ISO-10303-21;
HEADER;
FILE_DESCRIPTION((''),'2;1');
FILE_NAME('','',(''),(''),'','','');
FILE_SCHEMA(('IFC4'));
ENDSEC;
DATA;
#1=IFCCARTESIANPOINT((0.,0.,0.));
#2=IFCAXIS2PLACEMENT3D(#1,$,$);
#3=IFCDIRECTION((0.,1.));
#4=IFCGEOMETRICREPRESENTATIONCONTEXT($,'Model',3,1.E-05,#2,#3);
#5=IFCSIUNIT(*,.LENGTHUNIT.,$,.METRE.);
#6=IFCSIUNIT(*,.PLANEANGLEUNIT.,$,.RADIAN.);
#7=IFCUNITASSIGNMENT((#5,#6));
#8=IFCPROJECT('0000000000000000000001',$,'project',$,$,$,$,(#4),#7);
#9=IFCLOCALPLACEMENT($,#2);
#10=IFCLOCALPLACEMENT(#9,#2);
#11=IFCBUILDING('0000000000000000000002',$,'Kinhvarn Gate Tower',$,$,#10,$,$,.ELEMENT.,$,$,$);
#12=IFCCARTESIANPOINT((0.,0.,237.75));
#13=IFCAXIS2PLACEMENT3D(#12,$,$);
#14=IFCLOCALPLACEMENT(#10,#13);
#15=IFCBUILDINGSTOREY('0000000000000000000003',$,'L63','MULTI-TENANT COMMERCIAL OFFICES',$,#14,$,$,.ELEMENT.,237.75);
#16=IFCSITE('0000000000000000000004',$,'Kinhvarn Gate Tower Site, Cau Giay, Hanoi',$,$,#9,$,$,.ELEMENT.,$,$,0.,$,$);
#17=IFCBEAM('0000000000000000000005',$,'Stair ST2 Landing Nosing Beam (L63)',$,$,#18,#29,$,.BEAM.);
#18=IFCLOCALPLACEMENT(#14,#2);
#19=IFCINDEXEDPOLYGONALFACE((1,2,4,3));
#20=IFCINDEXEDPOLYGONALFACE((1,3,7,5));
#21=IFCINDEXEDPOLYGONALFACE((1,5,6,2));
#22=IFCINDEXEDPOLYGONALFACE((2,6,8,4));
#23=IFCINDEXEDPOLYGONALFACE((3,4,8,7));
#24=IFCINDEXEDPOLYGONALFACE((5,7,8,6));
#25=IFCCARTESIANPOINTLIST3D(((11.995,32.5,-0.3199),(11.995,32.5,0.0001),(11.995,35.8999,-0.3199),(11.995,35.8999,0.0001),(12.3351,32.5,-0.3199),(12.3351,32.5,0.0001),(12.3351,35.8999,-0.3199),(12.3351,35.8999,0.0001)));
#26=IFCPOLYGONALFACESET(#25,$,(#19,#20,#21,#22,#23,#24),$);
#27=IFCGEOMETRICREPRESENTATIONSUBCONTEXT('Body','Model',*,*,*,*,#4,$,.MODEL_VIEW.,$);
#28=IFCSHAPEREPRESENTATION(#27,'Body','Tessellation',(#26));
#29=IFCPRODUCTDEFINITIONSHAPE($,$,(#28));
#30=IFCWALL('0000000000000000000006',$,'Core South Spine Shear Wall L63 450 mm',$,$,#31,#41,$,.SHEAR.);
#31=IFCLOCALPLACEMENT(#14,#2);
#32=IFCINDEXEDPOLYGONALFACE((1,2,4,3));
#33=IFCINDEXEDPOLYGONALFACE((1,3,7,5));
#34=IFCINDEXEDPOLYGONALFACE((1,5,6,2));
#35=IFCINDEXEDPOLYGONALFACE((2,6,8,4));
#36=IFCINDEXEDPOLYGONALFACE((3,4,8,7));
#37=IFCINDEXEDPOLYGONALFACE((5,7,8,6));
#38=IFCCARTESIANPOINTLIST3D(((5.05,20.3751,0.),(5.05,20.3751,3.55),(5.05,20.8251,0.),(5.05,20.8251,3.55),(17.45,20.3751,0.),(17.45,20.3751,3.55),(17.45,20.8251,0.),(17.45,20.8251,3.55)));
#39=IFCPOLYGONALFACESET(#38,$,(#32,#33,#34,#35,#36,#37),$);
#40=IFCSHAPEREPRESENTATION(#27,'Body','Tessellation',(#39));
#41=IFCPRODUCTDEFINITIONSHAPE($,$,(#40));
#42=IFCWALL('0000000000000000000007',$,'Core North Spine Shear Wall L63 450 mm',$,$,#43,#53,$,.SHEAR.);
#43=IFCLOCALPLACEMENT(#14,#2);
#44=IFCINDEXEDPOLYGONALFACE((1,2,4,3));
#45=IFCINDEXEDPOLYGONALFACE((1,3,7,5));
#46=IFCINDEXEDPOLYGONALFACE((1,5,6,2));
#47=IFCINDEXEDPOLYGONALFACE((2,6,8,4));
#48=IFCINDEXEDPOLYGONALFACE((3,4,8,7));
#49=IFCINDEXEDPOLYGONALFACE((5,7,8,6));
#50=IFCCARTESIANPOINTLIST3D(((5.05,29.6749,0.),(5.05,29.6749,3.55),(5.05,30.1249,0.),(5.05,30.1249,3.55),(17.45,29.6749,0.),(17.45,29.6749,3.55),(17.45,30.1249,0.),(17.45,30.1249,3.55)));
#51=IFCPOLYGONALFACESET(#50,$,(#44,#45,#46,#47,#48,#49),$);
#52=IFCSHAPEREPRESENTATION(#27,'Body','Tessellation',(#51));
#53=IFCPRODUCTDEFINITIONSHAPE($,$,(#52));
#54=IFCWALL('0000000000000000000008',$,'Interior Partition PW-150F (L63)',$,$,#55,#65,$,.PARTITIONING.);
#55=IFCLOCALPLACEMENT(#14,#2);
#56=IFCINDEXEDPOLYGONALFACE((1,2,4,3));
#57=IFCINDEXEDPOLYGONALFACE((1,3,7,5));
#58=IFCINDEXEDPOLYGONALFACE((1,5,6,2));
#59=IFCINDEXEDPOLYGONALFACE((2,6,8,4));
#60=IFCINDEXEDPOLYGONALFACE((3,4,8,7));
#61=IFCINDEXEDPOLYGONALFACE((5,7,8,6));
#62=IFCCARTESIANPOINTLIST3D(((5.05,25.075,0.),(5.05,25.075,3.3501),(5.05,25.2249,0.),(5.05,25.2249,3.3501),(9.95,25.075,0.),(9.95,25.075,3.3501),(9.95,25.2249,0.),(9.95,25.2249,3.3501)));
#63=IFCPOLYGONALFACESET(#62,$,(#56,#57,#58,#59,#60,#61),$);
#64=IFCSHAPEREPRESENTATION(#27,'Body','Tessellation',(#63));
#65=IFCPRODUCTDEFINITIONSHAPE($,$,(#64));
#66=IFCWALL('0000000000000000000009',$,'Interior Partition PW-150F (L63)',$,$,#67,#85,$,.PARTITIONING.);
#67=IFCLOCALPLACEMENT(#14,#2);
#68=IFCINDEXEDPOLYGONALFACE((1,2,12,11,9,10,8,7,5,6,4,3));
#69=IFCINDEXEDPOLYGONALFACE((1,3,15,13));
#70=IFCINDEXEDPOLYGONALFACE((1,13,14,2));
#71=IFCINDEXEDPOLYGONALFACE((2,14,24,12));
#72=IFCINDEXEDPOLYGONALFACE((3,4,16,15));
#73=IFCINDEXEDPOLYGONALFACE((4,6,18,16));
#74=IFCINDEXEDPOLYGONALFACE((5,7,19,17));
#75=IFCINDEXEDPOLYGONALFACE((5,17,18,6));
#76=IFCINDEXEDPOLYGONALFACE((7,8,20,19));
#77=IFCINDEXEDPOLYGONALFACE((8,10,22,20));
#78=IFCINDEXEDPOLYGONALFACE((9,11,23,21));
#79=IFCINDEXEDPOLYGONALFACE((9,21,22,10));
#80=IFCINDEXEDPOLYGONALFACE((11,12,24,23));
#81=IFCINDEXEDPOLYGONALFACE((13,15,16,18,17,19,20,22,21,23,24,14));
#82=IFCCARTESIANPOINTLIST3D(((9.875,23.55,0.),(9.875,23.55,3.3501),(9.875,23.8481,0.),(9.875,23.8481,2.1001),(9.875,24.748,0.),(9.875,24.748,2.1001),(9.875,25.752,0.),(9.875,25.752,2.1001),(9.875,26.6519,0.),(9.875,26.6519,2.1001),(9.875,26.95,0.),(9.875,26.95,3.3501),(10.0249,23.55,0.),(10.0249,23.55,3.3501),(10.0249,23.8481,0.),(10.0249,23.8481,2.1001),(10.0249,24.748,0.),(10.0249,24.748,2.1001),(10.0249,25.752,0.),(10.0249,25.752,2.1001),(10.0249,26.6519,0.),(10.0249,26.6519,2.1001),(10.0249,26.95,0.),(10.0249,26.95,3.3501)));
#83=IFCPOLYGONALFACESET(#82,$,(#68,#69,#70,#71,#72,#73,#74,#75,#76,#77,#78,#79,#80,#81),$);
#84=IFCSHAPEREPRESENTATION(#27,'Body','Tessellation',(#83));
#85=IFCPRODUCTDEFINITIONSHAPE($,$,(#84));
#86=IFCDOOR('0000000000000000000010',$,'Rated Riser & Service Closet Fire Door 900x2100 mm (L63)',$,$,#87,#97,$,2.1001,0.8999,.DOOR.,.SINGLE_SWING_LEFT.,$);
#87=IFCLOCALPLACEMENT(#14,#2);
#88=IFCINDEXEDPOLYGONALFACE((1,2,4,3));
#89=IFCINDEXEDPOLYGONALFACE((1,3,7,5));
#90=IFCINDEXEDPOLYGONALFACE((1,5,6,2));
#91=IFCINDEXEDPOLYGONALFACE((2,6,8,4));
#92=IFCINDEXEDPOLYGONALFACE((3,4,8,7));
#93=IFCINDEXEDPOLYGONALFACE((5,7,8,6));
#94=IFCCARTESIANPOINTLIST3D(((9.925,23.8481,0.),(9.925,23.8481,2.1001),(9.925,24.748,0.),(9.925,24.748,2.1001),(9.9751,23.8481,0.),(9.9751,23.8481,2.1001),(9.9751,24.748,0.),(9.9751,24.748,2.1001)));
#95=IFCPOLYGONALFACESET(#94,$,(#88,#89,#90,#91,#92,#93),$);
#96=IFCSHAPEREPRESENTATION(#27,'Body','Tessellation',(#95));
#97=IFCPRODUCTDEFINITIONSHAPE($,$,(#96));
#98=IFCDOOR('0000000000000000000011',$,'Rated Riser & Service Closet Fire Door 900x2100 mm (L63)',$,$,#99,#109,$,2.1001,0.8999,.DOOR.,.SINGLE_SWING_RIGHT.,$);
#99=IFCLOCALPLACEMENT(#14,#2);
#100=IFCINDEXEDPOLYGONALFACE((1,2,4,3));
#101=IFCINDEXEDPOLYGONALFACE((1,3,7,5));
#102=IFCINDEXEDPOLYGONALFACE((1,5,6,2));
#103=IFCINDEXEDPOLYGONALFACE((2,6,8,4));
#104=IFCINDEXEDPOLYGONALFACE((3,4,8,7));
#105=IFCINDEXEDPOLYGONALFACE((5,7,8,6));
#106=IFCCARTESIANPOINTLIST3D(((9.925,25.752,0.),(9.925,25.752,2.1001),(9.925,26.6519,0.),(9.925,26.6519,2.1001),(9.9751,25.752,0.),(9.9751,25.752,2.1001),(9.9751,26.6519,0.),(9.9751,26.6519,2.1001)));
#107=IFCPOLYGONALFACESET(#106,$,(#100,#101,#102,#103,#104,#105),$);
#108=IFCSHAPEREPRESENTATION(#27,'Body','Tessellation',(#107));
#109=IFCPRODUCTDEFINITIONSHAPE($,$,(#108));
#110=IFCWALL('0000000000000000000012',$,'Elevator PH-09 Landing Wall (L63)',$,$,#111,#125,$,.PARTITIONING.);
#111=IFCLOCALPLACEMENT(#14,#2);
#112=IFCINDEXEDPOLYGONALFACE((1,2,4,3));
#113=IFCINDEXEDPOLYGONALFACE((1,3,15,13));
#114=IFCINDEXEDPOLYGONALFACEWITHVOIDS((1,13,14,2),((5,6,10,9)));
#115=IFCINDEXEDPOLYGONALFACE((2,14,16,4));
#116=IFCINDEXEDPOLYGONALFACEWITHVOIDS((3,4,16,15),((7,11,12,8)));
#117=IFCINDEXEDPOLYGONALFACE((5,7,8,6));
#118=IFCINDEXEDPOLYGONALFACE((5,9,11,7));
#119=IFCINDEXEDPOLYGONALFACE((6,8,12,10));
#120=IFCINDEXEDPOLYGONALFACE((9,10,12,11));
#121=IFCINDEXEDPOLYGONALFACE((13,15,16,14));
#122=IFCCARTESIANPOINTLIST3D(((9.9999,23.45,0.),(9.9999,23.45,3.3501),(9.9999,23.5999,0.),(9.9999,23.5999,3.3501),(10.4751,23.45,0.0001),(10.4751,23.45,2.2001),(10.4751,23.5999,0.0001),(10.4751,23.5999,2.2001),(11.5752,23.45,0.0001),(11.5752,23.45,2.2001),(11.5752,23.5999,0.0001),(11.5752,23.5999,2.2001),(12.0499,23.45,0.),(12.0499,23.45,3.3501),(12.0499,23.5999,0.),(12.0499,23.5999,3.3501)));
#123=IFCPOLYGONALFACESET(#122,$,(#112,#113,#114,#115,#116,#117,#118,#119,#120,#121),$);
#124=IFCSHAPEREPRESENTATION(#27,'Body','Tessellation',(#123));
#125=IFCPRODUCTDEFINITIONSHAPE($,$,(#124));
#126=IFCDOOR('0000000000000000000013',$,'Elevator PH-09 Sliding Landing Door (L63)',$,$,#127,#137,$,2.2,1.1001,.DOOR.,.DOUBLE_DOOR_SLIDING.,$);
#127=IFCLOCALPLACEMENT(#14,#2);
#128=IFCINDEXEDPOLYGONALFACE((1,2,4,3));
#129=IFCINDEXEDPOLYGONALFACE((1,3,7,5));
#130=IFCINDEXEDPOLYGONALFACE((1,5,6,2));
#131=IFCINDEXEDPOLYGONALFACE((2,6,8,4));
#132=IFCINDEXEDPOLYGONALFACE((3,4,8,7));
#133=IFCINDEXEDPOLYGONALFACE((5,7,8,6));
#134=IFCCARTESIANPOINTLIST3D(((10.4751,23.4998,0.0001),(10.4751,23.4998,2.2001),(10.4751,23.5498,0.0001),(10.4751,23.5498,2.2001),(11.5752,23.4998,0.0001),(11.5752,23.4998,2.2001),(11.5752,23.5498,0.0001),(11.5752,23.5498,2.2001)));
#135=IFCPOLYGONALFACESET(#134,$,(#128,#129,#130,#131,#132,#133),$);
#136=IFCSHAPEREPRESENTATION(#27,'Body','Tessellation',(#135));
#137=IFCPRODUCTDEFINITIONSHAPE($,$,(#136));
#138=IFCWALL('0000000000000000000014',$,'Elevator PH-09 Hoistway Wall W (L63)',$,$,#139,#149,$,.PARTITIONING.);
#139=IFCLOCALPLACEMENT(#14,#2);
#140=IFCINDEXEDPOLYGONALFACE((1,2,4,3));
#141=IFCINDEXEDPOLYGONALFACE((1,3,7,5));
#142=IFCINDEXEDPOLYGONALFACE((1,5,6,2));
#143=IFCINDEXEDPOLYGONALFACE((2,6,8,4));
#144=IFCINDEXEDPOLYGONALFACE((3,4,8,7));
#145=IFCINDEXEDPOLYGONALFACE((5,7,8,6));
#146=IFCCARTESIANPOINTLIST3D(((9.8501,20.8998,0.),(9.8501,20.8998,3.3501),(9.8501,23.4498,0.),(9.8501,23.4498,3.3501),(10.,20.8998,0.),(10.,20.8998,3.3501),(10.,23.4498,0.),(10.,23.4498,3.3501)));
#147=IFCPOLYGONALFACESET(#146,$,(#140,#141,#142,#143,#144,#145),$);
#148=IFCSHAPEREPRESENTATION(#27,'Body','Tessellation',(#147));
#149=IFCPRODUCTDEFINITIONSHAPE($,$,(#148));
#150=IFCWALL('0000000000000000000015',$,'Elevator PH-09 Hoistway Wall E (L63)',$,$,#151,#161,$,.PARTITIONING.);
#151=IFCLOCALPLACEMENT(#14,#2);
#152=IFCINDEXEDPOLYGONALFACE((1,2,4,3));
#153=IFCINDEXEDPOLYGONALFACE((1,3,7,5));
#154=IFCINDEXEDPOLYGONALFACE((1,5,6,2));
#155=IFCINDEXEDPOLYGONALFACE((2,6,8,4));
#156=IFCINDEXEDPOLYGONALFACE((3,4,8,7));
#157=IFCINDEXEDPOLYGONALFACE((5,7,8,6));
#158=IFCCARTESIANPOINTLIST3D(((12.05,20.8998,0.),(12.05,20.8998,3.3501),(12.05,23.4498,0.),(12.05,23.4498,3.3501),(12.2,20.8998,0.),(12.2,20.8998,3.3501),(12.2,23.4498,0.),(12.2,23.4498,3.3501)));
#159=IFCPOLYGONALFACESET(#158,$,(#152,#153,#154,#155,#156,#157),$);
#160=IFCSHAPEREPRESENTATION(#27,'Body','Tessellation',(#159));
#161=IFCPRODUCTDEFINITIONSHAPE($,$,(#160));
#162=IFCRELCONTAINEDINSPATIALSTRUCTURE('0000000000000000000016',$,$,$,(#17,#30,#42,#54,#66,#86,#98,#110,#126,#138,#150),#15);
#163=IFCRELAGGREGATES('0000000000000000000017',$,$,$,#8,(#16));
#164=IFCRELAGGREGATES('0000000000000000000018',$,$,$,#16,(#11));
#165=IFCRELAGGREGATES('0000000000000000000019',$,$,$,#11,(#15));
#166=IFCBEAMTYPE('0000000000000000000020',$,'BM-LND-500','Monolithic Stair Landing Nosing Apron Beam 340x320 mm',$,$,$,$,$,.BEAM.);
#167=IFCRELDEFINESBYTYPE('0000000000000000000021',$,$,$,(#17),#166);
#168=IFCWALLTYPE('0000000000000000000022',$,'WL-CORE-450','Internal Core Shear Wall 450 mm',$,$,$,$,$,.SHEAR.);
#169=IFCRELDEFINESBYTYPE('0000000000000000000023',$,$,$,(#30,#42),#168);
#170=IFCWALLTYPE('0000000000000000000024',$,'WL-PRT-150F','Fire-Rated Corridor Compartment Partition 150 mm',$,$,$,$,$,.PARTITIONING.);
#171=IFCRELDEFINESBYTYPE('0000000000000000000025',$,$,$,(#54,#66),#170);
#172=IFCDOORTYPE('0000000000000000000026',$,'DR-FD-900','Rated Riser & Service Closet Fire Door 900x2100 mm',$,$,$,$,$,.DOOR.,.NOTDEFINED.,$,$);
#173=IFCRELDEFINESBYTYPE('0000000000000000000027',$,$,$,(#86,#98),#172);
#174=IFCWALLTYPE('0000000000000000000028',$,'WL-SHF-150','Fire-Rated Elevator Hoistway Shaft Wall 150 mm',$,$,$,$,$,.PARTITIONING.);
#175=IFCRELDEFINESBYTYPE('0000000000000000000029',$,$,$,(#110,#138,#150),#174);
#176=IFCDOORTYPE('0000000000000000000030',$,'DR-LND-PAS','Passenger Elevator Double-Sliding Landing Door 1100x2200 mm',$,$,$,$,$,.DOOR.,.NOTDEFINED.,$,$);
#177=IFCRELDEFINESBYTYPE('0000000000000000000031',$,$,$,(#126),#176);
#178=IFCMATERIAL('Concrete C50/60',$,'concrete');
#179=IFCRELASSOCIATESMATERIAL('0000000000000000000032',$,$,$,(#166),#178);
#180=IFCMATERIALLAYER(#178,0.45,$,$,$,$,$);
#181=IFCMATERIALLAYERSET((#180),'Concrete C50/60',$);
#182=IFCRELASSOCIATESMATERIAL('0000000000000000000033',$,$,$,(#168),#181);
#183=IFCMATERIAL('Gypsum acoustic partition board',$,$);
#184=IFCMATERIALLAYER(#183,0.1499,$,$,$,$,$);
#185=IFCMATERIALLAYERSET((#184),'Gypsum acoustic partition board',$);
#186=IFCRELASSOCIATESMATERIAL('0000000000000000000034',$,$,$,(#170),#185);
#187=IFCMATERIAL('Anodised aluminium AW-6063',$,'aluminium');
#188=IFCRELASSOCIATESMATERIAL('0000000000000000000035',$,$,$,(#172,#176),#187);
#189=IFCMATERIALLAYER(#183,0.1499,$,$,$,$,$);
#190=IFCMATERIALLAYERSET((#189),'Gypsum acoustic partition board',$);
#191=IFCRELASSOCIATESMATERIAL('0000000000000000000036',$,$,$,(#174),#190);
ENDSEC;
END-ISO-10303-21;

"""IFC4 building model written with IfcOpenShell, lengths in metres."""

from ifc_helpers import new_model, si_unit, direction, frame, frame_2d, origin, origin_2d, place, context, subcontext, project, spatial, rectangle, extrude, material, layer, layer_set, material_profile, profile_set, type_object, element, fill, save


model = new_model("IFC4")

# Units and contexts
model_context = context("Model", 3, precision=1e-05, world=origin(), true_north=direction((0.0, 1.0)))
body_context = subcontext(model_context, "Body", "Model", "MODEL_VIEW")
ifc_project = project(units=[si_unit("LENGTHUNIT", "METRE"), si_unit("PLANEANGLEUNIT", "RADIAN")], contexts=[model_context])

# Site, building, storey
site_placement = place(None, origin())
site = spatial("IfcSite", under=ifc_project, at=site_placement, Name="Kinhvarn Gate Tower Site, Cau Giay, Hanoi", CompositionType="ELEMENT", RefElevation=0.0)
building_placement = place(site_placement, origin())
building = spatial("IfcBuilding", under=site, at=building_placement, Name="Kinhvarn Gate Tower", CompositionType="ELEMENT")
storey_placement = place(building_placement, frame((0.0, 0.0, 237.75)))
storey = spatial("IfcBuildingStorey", under=building, at=storey_placement, Name="L63", Description="MULTI-TENANT COMMERCIAL OFFICES", CompositionType="ELEMENT", Elevation=237.75)

# Beam
ifc_material_1 = material(Name="Concrete C50/60", Category="concrete")
ifc_material_profile = material_profile(ifc_material_1, rectangle(XDim=0.3401, YDim=0.3201, at=origin_2d()), Name="RC 340x320")
ifc_profile_set = profile_set([ifc_material_profile], Name="Concrete C50/60")
beam_type = type_object("IfcBeamType", Name="BM-LND-500", Description="Monolithic Stair Landing Nosing Apron Beam 340x320 mm", PredefinedType="BEAM", material=ifc_profile_set)
beam_placement = place(storey_placement, frame((12.165, 32.5, -0.1599), z_axis=(0.0, 1.0, 0.0), x_axis=(-1.0, 0.0, 0.0)))
element("IfcBeam", 1, at=beam_placement, inside=storey, type_object=beam_type, Name="Stair ST2 Landing Nosing Beam (L63)", PredefinedType="BEAM", context=body_context, shape_type="SweptSolid", body=[
    extrude(rectangle(XDim=0.3401, YDim=0.3201, at=origin_2d()), origin(), (0.0, 0.0, 1.0), 3.3999),
])

# Walls
ifc_layer_1 = layer(ifc_material_1, 0.45)
ifc_layer_set_1 = layer_set([ifc_layer_1], Name="Concrete C50/60")
wall_type_1 = type_object("IfcWallType", Name="WL-CORE-450", Description="Internal Core Shear Wall 450 mm", PredefinedType="SHEAR", material=ifc_layer_set_1)
for number, where, z_axis, x_axis, name in (
    (2, (5.05, 20.6001, 0.0), (0.0, 0.0, 1.0), (1.0, 0.0, 0.0), "Core South Spine Shear Wall L63 450 mm"),
    (3, (5.05, 29.8999, 0.0), (0.0, 0.0, 1.0), (1.0, 0.0, 0.0), "Core North Spine Shear Wall L63 450 mm"),
):
    element("IfcWall", number, at=place(storey_placement, frame(where, z_axis=z_axis, x_axis=x_axis)), inside=storey, type_object=wall_type_1, Name=name, PredefinedType="SHEAR", context=body_context, shape_type="SweptSolid", body=[
        extrude(rectangle(XDim=12.3999, YDim=0.45, at=frame_2d((6.2, 0.0))), origin(), (0.0, 0.0, 1.0), 3.55),
    ])
ifc_material_2 = material(Name="Gypsum acoustic partition board")
ifc_layer_2 = layer(ifc_material_2, 0.1499)
ifc_layer_set_2 = layer_set([ifc_layer_2], Name="Gypsum acoustic partition board")
wall_type_2 = type_object("IfcWallType", Name="WL-PRT-150F", Description="Fire-Rated Corridor Compartment Partition 150 mm", PredefinedType="PARTITIONING", material=ifc_layer_set_2)
wall_1_placement = place(storey_placement, frame((5.05, 25.1499, 0.0), z_axis=(0.0, 0.0, 1.0), x_axis=(1.0, 0.0, 0.0)))
element("IfcWall", 4, at=wall_1_placement, inside=storey, type_object=wall_type_2, Name="Interior Partition PW-150F (L63)", PredefinedType="PARTITIONING", context=body_context, shape_type="SweptSolid", body=[
    extrude(rectangle(XDim=4.8999, YDim=0.1499, at=frame_2d((2.45, 0.0))), origin(), (0.0, 0.0, 1.0), 3.3501),
])

# Wall, openings, doors
wall_2_placement = place(storey_placement, frame((9.95, 23.55, 0.0), z_axis=(0.0, 0.0, 1.0), x_axis=(0.0, 1.0, 0.0)))
wall_2 = element("IfcWall", 5, at=wall_2_placement, inside=storey, type_object=wall_type_2, Name="Interior Partition PW-150F (L63)", PredefinedType="PARTITIONING", context=body_context, shape_type="SweptSolid", body=[
    extrude(rectangle(XDim=3.3999, YDim=0.1499, at=frame_2d((1.7, 0.0))), origin(), (0.0, 0.0, 1.0), 3.3501),
])
opening_1_placement = place(wall_2_placement, frame((0.2981, 0.0, 0.0)))
opening_1 = element("IfcOpeningElement", 6, at=opening_1_placement, cuts=wall_2, PredefinedType="OPENING", context=body_context, shape_type="SweptSolid", body=[
    extrude(rectangle(XDim=0.8999, YDim=2.1001, at=frame_2d((0.45, 1.05))), frame((0.0, 0.085, 0.0), z_axis=(0.0, -1.0, 0.0), x_axis=(1.0, 0.0, 0.0)), (0.0, 0.0, 1.0), 0.1699),
])
opening_2_placement = place(wall_2_placement, frame((2.2019, 0.0, 0.0)))
opening_2 = element("IfcOpeningElement", 7, at=opening_2_placement, cuts=wall_2, PredefinedType="OPENING", context=body_context, shape_type="SweptSolid", body=[
    extrude(rectangle(XDim=0.8999, YDim=2.1001, at=frame_2d((0.45, 1.05))), frame((0.0, 0.085, 0.0), z_axis=(0.0, -1.0, 0.0), x_axis=(1.0, 0.0, 0.0)), (0.0, 0.0, 1.0), 0.1699),
])
ifc_material_3 = material(Name="Anodised aluminium AW-6063", Category="aluminium")
door_type_1 = type_object("IfcDoorType", Name="DR-FD-900", Description="Rated Riser & Service Closet Fire Door 900x2100 mm", OperationType="NOTDEFINED", PredefinedType="DOOR", material=ifc_material_3)
door_1_placement = place(opening_1_placement, origin())
door_1 = element("IfcDoor", 8, at=door_1_placement, inside=storey, type_object=door_type_1, Name="Rated Riser & Service Closet Fire Door 900x2100 mm (L63)", OperationType="SINGLE_SWING_LEFT", OverallHeight=2.1001, OverallWidth=0.8999, PredefinedType="DOOR", context=body_context, shape_type="SweptSolid", body=[
    extrude(rectangle(XDim=0.8999, YDim=2.1001, at=frame_2d((0.45, 1.05))), frame((0.0, 0.0249, 0.0), z_axis=(0.0, -1.0, 0.0), x_axis=(1.0, 0.0, 0.0)), (0.0, 0.0, 1.0), 0.05),
])
fill(opening_1, door_1)
door_2_placement = place(opening_2_placement, origin())
door_2 = element("IfcDoor", 9, at=door_2_placement, inside=storey, type_object=door_type_1, Name="Rated Riser & Service Closet Fire Door 900x2100 mm (L63)", OperationType="SINGLE_SWING_RIGHT", OverallHeight=2.1001, OverallWidth=0.8999, PredefinedType="DOOR", context=body_context, shape_type="SweptSolid", body=[
    extrude(rectangle(XDim=0.8999, YDim=2.1001, at=frame_2d((0.45, 1.05))), frame((0.0, 0.0249, 0.0), z_axis=(0.0, -1.0, 0.0), x_axis=(1.0, 0.0, 0.0)), (0.0, 0.0, 1.0), 0.05),
])
fill(opening_2, door_2)

# Wall, opening, door
ifc_layer_3 = layer(ifc_material_2, 0.1499)
ifc_layer_set_3 = layer_set([ifc_layer_3], Name="Gypsum acoustic partition board")
wall_type_3 = type_object("IfcWallType", Name="WL-SHF-150", Description="Fire-Rated Elevator Hoistway Shaft Wall 150 mm", PredefinedType="PARTITIONING", material=ifc_layer_set_3)
wall_3_placement = place(storey_placement, frame((10.0, 23.5249, 0.0), z_axis=(0.0, 0.0, 1.0), x_axis=(1.0, 0.0, 0.0)))
wall_3 = element("IfcWall", 10, at=wall_3_placement, inside=storey, type_object=wall_type_3, Name="Elevator PH-09 Landing Wall (L63)", PredefinedType="PARTITIONING", context=body_context, shape_type="SweptSolid", body=[
    extrude(rectangle(XDim=2.05, YDim=0.1499, at=frame_2d((1.0249, 0.0))), origin(), (0.0, 0.0, 1.0), 3.3501),
])
opening_3_placement = place(wall_3_placement, frame((0.4751, 0.0, 0.0)))
opening_3 = element("IfcOpeningElement", 11, at=opening_3_placement, cuts=wall_3, PredefinedType="OPENING", context=body_context, shape_type="SweptSolid", body=[
    extrude(rectangle(XDim=1.1001, YDim=2.2, at=frame_2d((0.55, 1.1001))), frame((0.0, 0.085, 0.0), z_axis=(0.0, -1.0, 0.0), x_axis=(1.0, 0.0, 0.0)), (0.0, 0.0, 1.0), 0.1699),
])
door_type_2 = type_object("IfcDoorType", Name="DR-LND-PAS", Description="Passenger Elevator Double-Sliding Landing Door 1100x2200 mm", OperationType="NOTDEFINED", PredefinedType="DOOR", material=ifc_material_3)
door_3_placement = place(opening_3_placement, origin())
door_3 = element("IfcDoor", 12, at=door_3_placement, inside=storey, type_object=door_type_2, Name="Elevator PH-09 Sliding Landing Door (L63)", OperationType="DOUBLE_DOOR_SLIDING", OverallHeight=2.2, OverallWidth=1.1001, PredefinedType="DOOR", context=body_context, shape_type="SweptSolid", body=[
    extrude(rectangle(XDim=1.1001, YDim=2.2, at=frame_2d((0.55, 1.1001))), frame((0.0, 0.0249, 0.0), z_axis=(0.0, -1.0, 0.0), x_axis=(1.0, 0.0, 0.0)), (0.0, 0.0, 1.0), 0.05),
])
fill(opening_3, door_3)

# Walls
for number, where, z_axis, x_axis, name in (
    (13, (9.925, 20.8999, 0.0), (0.0, 0.0, 1.0), (0.0, 1.0, 0.0), "Elevator PH-09 Hoistway Wall W (L63)"),
    (14, (12.125, 20.8999, 0.0), (0.0, 0.0, 1.0), (0.0, 1.0, 0.0), "Elevator PH-09 Hoistway Wall E (L63)"),
):
    element("IfcWall", number, at=place(storey_placement, frame(where, z_axis=z_axis, x_axis=x_axis)), inside=storey, type_object=wall_type_3, Name=name, PredefinedType="PARTITIONING", context=body_context, shape_type="SweptSolid", body=[
        extrude(rectangle(XDim=2.55, YDim=0.1499, at=frame_2d((1.2749, 0.0))), origin(), (0.0, 0.0, 1.0), 3.3501),
    ])

save(model, "model.ifc")
